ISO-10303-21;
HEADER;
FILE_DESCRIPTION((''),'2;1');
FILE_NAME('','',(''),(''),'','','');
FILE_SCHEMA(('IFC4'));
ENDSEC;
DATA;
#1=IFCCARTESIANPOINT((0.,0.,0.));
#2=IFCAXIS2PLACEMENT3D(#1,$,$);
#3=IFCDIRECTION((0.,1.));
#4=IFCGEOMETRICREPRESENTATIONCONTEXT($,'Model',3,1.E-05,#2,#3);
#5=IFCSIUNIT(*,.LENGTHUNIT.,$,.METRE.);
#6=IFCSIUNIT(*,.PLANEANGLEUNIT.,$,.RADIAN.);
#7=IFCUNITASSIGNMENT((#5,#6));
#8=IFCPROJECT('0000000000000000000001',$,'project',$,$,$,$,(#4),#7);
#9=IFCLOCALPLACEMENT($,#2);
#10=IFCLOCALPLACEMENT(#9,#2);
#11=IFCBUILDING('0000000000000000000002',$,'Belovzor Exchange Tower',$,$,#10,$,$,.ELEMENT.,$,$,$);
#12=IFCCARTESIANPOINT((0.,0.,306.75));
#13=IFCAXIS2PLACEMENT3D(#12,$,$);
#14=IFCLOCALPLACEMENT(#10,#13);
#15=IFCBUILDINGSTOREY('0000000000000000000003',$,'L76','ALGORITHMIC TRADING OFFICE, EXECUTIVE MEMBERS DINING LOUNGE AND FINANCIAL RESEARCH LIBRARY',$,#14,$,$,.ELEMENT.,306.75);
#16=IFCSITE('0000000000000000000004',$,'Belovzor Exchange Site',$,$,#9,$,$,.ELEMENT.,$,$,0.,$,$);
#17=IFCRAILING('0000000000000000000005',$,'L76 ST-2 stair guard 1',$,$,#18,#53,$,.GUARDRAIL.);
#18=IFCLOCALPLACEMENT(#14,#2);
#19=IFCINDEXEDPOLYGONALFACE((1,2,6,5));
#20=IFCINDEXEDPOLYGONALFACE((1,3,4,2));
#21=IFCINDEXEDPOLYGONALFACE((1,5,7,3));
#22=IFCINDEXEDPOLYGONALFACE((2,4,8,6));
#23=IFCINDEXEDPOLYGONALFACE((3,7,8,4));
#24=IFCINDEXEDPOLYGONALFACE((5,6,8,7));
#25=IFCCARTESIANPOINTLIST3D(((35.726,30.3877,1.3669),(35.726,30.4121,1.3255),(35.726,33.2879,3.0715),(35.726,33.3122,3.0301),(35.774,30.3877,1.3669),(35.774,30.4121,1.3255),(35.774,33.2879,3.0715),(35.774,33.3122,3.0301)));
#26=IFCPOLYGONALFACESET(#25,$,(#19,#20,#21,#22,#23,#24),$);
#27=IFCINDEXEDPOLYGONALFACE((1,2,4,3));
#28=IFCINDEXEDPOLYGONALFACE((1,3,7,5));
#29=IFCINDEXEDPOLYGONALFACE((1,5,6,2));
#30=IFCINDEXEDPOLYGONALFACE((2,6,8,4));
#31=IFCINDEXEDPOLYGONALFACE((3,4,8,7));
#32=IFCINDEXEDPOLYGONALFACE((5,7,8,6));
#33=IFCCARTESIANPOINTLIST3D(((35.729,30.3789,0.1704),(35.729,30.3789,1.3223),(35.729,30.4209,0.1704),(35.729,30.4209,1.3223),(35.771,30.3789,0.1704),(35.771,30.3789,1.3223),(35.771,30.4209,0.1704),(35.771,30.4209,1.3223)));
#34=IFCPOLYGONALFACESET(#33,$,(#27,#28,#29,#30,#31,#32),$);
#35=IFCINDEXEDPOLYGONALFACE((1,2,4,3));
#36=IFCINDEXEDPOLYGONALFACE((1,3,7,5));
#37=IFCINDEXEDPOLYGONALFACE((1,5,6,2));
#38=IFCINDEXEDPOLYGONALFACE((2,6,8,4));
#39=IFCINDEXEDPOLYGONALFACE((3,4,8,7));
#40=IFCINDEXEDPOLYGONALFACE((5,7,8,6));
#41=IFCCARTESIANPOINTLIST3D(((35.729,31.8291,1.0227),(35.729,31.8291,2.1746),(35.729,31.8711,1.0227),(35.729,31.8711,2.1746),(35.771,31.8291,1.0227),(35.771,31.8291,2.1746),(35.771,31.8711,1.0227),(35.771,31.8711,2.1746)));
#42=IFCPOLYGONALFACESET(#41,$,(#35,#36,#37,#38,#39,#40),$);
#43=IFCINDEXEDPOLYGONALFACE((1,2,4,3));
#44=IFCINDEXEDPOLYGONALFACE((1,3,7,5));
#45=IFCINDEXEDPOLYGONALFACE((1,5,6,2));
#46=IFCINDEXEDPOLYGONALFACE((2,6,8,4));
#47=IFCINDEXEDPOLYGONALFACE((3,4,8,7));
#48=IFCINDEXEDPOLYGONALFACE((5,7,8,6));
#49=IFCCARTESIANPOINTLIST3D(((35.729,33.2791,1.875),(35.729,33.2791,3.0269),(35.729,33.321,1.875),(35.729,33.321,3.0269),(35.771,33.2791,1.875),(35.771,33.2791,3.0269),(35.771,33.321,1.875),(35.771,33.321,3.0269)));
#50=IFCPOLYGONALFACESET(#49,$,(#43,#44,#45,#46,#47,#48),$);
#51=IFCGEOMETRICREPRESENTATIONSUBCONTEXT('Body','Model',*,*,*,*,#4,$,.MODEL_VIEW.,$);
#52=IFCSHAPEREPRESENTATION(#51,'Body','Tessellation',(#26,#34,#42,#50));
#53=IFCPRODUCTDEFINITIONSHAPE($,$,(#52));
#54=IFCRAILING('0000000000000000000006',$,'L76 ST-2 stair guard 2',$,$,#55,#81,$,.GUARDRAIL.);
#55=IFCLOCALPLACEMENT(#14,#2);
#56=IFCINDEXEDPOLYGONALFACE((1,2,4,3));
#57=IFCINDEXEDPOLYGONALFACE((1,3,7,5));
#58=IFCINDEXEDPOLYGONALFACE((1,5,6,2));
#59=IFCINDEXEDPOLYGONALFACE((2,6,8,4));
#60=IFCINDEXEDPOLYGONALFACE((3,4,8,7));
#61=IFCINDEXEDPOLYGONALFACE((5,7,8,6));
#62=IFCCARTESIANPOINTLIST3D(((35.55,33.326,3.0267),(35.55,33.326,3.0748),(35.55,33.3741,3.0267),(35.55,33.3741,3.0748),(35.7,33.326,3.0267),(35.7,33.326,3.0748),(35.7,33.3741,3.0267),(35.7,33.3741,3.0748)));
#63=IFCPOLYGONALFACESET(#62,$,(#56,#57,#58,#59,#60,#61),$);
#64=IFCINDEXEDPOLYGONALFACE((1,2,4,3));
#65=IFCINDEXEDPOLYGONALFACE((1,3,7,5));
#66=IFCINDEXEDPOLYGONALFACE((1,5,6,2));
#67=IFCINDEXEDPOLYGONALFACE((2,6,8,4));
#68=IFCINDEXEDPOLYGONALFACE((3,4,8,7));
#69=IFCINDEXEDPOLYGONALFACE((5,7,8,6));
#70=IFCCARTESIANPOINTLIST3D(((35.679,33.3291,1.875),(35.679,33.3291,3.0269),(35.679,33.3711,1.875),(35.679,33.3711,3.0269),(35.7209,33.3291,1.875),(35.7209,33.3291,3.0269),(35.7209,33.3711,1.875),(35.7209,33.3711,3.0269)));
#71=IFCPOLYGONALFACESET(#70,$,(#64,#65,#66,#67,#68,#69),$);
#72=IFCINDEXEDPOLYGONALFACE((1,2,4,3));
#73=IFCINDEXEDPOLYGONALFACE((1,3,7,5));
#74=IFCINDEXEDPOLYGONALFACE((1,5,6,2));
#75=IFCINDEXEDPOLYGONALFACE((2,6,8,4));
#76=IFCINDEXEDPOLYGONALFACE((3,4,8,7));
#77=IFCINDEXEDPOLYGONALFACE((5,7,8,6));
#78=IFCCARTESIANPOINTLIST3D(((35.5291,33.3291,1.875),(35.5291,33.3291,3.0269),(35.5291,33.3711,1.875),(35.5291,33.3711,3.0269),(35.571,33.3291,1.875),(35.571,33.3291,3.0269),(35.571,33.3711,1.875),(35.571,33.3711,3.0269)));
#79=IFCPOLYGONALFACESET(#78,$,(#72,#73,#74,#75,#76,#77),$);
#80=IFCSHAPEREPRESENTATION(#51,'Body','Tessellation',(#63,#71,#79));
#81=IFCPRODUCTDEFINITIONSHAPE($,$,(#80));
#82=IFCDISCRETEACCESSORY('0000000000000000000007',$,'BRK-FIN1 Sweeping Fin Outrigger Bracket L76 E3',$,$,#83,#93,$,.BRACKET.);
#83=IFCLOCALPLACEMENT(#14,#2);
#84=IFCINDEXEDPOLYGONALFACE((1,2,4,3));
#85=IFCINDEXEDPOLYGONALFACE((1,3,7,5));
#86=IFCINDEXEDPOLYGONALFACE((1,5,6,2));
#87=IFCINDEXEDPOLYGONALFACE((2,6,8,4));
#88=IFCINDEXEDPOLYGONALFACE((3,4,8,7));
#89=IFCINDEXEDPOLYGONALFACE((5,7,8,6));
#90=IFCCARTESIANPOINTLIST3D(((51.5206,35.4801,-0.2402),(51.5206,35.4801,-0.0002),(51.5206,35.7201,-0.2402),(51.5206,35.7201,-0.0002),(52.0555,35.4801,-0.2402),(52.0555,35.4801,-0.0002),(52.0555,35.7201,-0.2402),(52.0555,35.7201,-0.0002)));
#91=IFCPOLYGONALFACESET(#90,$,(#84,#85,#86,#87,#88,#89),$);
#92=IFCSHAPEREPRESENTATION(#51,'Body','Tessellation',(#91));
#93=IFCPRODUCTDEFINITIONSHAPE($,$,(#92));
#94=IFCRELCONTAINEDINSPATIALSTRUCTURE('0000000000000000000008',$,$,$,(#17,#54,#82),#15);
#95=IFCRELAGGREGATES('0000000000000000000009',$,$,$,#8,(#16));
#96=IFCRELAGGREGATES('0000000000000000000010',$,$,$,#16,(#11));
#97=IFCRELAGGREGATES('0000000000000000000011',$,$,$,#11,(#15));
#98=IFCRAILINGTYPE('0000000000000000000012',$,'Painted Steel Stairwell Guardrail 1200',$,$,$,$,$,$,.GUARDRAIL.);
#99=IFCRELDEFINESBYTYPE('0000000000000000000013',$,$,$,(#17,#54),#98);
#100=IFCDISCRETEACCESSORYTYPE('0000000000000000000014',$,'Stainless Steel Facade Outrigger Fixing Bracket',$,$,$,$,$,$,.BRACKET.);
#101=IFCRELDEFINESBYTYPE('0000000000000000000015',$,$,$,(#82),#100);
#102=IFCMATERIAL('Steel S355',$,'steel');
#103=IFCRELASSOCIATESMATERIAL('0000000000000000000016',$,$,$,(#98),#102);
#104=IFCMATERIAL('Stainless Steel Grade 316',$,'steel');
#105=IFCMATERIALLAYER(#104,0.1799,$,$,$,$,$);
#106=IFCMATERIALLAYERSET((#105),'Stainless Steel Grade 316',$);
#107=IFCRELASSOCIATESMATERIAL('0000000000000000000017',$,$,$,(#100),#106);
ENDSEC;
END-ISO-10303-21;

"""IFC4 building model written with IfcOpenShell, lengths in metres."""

from ifc_helpers import new_model, si_unit, direction, frame, origin, origin_2d, place, context, subcontext, project, spatial, rectangle, extrude, material, layer, layer_set, type_object, element, save


model = new_model("IFC4")

# Units and contexts
model_context = context("Model", 3, precision=1e-05, world=origin(), true_north=direction((0.0, 1.0)))
body_context = subcontext(model_context, "Body", "Model", "MODEL_VIEW")
ifc_project = project(units=[si_unit("LENGTHUNIT", "METRE"), si_unit("PLANEANGLEUNIT", "RADIAN")], contexts=[model_context])

# Site, building, storey
site_placement = place(None, origin())
site = spatial("IfcSite", under=ifc_project, at=site_placement, Name="Belovzor Exchange Site", CompositionType="ELEMENT", RefElevation=0.0)
building_placement = place(site_placement, origin())
building = spatial("IfcBuilding", under=site, at=building_placement, Name="Belovzor Exchange Tower", CompositionType="ELEMENT")
storey_placement = place(building_placement, frame((0.0, 0.0, 306.75)))
storey = spatial("IfcBuildingStorey", under=building, at=storey_placement, Name="L76", Description="ALGORITHMIC TRADING OFFICE, EXECUTIVE MEMBERS DINING LOUNGE AND FINANCIAL RESEARCH LIBRARY", CompositionType="ELEMENT", Elevation=306.75)

# Railings
ifc_material_1 = material(Name="Steel S355", Category="steel")
railing_type_1 = type_object("IfcRailingType", Name="Painted Steel Stairwell Guardrail 1200", PredefinedType="GUARDRAIL", material=ifc_material_1)
railing_1_placement = place(storey_placement, frame((35.75, 30.3999, 0.1704)))
element("IfcRailing", 1, at=railing_1_placement, inside=storey, type_object=railing_type_1, Name="L76 ST-2 stair guard 1", PredefinedType="GUARDRAIL", context=body_context, shape_type="SweptSolid", body=[
    extrude(rectangle(XDim=0.0481, YDim=0.0481, at=origin_2d()), frame((0.0, 0.0, 1.1758), z_axis=(0.0, 0.862113, 0.506716), x_axis=(-1.0, 0.0, 0.0)), (0.0, 0.0, 1.0), 3.364),
    extrude(rectangle(XDim=0.042, YDim=0.042, at=origin_2d()), origin(), (0.0, 0.0, 1.0), 1.1519),
    extrude(rectangle(XDim=0.042, YDim=0.042, at=origin_2d()), frame((0.0, 1.4502, 0.8523)), (0.0, 0.0, 1.0), 1.1519),
    extrude(rectangle(XDim=0.042, YDim=0.042, at=origin_2d()), frame((0.0, 2.9001, 1.7046)), (0.0, 0.0, 1.0), 1.1519),
])
railing_2_placement = place(storey_placement, frame((35.7, 33.3501, 1.875)))
element("IfcRailing", 2, at=railing_2_placement, inside=storey, type_object=railing_type_1, Name="L76 ST-2 stair guard 2", PredefinedType="GUARDRAIL", context=body_context, shape_type="SweptSolid", body=[
    extrude(rectangle(XDim=0.0481, YDim=0.0481, at=origin_2d()), frame((0.0, 0.0, 1.1758), z_axis=(-1.0, 0.0, 0.0), x_axis=(0.0, -1.0, 0.0)), (0.0, 0.0, 1.0), 0.1499),
    extrude(rectangle(XDim=0.042, YDim=0.042, at=origin_2d()), origin(), (0.0, 0.0, 1.0), 1.1519),
    extrude(rectangle(XDim=0.042, YDim=0.042, at=origin_2d()), frame((-0.1499, 0.0, 0.0)), (0.0, 0.0, 1.0), 1.1519),
])

# Discrete accessory
ifc_material_2 = material(Name="Stainless Steel Grade 316", Category="steel")
ifc_layer_1 = layer(ifc_material_2, 0.1799)
ifc_layer_set_1 = layer_set([ifc_layer_1], Name="Stainless Steel Grade 316")
discrete_accessory_type = type_object("IfcDiscreteAccessoryType", Name="Stainless Steel Facade Outrigger Fixing Bracket", PredefinedType="BRACKET", material=ifc_layer_set_1)
discrete_accessory_placement = place(storey_placement, frame((51.7881, 35.6001, -0.2402), z_axis=(0.0, 0.0, 1.0), x_axis=(1.0, 0.0, 0.0)))
element("IfcDiscreteAccessory", 3, at=discrete_accessory_placement, inside=storey, type_object=discrete_accessory_type, Name="BRK-FIN1 Sweeping Fin Outrigger Bracket L76 E3", PredefinedType="BRACKET", context=body_context, shape_type="SweptSolid", body=[
    extrude(rectangle(XDim=0.5349, YDim=0.24, at=origin_2d()), origin(), (0.0, 0.0, 1.0), 0.24),
])

save(model, "model.ifc")
